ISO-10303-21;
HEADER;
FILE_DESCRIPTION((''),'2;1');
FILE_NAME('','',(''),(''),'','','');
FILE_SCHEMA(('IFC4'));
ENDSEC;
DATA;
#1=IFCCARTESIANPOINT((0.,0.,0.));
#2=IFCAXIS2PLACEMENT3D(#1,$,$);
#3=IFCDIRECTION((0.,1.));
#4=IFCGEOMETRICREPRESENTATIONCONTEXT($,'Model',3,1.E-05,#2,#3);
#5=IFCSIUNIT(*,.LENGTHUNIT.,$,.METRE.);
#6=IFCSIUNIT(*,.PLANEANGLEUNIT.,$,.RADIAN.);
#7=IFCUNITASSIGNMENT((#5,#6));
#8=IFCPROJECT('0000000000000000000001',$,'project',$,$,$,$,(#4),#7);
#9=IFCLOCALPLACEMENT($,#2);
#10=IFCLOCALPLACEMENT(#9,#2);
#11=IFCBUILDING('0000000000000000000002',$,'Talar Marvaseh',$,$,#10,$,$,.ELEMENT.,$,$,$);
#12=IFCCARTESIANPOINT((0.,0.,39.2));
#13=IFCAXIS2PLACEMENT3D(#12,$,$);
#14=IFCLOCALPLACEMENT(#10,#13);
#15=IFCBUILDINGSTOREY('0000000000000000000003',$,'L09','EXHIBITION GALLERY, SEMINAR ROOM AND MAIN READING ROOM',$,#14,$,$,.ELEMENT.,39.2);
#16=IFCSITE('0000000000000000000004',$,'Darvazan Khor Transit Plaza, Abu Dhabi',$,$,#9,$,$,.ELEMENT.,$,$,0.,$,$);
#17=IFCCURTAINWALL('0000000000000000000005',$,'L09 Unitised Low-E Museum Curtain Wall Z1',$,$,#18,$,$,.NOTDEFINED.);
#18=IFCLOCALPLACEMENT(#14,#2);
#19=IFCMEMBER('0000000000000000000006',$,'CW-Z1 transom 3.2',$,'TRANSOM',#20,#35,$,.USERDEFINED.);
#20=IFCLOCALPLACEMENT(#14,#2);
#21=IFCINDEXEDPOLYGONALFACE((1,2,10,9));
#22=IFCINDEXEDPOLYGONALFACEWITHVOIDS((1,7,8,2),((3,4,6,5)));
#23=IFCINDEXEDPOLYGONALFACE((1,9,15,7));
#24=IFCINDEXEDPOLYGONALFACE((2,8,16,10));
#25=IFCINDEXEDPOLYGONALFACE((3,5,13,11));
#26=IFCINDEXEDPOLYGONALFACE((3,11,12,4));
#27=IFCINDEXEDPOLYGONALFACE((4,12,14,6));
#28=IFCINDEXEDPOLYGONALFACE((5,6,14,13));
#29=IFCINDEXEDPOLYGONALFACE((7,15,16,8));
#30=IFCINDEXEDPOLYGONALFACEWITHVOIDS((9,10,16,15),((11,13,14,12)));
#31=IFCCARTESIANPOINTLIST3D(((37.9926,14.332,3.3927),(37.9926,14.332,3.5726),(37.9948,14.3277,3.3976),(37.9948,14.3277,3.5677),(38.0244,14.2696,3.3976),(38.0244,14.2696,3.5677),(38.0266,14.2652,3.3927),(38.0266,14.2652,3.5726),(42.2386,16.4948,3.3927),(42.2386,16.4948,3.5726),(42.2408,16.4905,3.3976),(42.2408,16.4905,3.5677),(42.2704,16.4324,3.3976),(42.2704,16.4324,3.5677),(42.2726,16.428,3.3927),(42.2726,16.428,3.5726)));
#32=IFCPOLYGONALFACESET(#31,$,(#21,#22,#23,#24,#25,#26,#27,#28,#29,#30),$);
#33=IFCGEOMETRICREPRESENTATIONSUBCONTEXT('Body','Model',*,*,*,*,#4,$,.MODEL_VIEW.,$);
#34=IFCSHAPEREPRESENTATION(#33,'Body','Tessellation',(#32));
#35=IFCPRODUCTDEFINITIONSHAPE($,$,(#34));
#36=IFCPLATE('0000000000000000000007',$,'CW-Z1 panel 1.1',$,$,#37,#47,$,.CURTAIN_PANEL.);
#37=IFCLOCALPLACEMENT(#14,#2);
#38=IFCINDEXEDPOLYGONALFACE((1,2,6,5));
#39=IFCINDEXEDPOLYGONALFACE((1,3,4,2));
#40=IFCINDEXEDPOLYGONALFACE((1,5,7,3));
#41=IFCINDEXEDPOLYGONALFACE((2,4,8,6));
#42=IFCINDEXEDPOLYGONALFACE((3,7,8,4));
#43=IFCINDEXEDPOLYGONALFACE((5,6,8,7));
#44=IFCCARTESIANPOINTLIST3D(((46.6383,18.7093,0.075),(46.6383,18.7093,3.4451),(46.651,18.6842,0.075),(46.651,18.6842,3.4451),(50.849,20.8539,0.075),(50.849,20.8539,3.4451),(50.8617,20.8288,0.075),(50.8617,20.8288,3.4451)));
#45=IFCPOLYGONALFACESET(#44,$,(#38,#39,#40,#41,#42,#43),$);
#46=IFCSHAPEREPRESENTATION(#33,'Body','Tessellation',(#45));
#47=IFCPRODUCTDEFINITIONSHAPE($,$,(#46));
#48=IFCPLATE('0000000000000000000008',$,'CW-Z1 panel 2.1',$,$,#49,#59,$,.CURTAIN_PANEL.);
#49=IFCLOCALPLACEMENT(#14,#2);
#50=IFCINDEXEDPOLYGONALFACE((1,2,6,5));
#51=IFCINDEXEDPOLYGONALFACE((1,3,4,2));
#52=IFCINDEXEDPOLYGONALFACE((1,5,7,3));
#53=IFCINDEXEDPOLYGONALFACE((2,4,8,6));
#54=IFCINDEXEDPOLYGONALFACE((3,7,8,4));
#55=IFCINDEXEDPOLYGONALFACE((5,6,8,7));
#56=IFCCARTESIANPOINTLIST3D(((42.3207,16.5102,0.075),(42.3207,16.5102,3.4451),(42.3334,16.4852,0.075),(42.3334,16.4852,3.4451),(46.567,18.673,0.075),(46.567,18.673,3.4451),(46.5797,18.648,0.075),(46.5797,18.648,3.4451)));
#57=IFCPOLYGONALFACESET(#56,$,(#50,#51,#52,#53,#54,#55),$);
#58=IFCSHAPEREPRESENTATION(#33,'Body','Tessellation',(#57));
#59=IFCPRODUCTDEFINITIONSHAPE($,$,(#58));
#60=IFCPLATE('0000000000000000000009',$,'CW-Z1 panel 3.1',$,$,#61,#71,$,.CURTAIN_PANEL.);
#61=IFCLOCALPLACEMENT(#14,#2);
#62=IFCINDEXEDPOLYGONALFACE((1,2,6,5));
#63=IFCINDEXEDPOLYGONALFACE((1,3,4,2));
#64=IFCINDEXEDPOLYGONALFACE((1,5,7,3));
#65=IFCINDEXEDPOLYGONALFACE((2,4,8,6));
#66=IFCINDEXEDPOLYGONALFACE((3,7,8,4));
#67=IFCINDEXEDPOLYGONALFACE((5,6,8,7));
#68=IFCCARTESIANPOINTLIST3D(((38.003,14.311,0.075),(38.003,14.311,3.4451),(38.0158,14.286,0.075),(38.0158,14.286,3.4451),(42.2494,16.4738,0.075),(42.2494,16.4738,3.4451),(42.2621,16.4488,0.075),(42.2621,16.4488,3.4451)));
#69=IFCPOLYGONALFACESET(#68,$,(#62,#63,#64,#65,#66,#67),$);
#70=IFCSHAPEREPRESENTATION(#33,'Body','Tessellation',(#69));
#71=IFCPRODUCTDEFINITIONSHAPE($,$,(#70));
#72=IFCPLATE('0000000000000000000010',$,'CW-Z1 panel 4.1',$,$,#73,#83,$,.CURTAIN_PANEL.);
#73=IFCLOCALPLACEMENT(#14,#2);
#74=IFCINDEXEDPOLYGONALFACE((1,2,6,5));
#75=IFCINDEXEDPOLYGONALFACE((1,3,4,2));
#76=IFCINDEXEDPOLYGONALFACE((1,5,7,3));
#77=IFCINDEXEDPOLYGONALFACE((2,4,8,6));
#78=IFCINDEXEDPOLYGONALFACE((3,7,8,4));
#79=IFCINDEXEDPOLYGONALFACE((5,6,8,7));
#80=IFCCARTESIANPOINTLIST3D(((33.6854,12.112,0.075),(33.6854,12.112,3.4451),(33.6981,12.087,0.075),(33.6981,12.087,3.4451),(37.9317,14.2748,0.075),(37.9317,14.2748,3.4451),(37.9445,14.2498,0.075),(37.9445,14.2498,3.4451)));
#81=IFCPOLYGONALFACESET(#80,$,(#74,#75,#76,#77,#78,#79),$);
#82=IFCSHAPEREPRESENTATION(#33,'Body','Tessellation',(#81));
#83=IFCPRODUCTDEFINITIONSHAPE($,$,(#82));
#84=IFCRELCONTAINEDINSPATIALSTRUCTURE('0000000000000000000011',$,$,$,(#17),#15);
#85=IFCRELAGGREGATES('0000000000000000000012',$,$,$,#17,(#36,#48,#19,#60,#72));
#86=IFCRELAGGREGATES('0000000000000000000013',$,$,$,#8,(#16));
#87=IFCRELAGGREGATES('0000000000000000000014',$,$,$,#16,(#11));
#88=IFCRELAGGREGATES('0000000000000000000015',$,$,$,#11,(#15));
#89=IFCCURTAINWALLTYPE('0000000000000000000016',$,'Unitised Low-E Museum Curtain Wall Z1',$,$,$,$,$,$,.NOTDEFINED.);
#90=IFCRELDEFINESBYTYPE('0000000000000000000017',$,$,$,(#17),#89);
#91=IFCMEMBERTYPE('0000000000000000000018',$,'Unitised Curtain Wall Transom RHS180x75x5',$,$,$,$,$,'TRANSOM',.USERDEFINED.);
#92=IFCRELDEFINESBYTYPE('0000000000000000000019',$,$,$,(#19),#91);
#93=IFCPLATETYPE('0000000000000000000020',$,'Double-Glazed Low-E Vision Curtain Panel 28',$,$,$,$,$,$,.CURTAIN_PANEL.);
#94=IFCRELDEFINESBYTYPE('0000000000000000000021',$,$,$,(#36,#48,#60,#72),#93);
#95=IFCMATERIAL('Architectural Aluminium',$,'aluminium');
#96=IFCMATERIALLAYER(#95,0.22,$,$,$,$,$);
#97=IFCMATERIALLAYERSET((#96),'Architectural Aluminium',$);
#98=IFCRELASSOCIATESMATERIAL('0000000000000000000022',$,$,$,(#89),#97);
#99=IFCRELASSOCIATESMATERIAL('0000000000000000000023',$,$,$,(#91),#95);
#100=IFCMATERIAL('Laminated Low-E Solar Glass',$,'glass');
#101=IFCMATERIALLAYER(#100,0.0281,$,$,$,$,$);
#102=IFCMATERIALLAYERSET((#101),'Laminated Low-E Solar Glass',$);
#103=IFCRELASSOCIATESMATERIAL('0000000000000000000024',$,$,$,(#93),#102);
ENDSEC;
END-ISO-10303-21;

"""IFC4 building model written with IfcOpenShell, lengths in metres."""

from ifc_helpers import new_model, si_unit, direction, frame, origin, origin_2d, place, context, subcontext, project, spatial, rectangle, hollow_rectangle, extrude, source, transform, mapped, material, layer, layer_set, material_profile, profile_set, type_object, type_shapes, element, aggregate, save


model = new_model("IFC4")

# Units and contexts
model_context = context("Model", 3, precision=1e-05, world=origin(), true_north=direction((0.0, 1.0)))
body_context = subcontext(model_context, "Body", "Model", "MODEL_VIEW")
ifc_project = project(units=[si_unit("LENGTHUNIT", "METRE"), si_unit("PLANEANGLEUNIT", "RADIAN")], contexts=[model_context])

# Site, building, storey
site_placement = place(None, origin())
site = spatial("IfcSite", under=ifc_project, at=site_placement, Name="Darvazan Khor Transit Plaza, Abu Dhabi", CompositionType="ELEMENT", RefElevation=0.0)
building_placement = place(site_placement, origin())
building = spatial("IfcBuilding", under=site, at=building_placement, Name="Talar Marvaseh", CompositionType="ELEMENT")
storey_placement = place(building_placement, frame((0.0, 0.0, 39.2)))
storey = spatial("IfcBuildingStorey", under=building, at=storey_placement, Name="L09", Description="EXHIBITION GALLERY, SEMINAR ROOM AND MAIN READING ROOM", CompositionType="ELEMENT", Elevation=39.2)

# Curtain wall, member, plates
ifc_material_1 = material(Name="Architectural Aluminium", Category="aluminium")
ifc_layer_1 = layer(ifc_material_1, 0.22)
ifc_layer_set_1 = layer_set([ifc_layer_1], Name="Architectural Aluminium")
curtain_wall_type = type_object("IfcCurtainWallType", Name="Unitised Low-E Museum Curtain Wall Z1", PredefinedType="NOTDEFINED", material=ifc_layer_set_1)
curtain_wall_placement = place(storey_placement, origin())
curtain_wall = element("IfcCurtainWall", 1, at=curtain_wall_placement, inside=storey, type_object=curtain_wall_type, Name="L09 Unitised Low-E Museum Curtain Wall Z1", PredefinedType="NOTDEFINED")
ifc_material_profile_1 = material_profile(ifc_material_1, hollow_rectangle(XDim=0.075, YDim=0.1799, WallThickness=0.0049, at=origin_2d()), Name="RHS180x75x5")
ifc_profile_set_1 = profile_set([ifc_material_profile_1], Name="Architectural Aluminium")
member_type_1 = type_object("IfcMemberType", Name="Unitised Curtain Wall Transom RHS180x75x5", ElementType="TRANSOM", PredefinedType="USERDEFINED", material=ifc_profile_set_1)
shared_shape_1 = source(origin(), body_context, "Body", "SweptSolid", [
    extrude(hollow_rectangle(XDim=0.075, YDim=0.1799, WallThickness=0.0049, at=origin_2d()), origin(), (0.0, 0.0, 1.0), 4.7651),
])
member_1_placement = place(storey_placement, frame((42.2556, 16.4614, 3.4827), z_axis=(-0.891062, -0.453882, 0.0), x_axis=(0.453882, -0.891062, 0.0)))
member_1 = element("IfcMember", 2, at=member_1_placement, type_object=member_type_1, Name="CW-Z1 transom 3.2", ObjectType="TRANSOM", PredefinedType="USERDEFINED", context=body_context, shape_type="MappedRepresentation", body=[
    mapped(shared_shape_1, transform((0.0, 0.0, 0.0), x_axis=(1.0, 0.0, 0.0), y_axis=(0.0, 1.0, 0.0), z_axis=(0.0, 0.0, 1.0), scale=1.0)),
])
ifc_material_2 = material(Name="Laminated Low-E Solar Glass", Category="glass")
ifc_layer_2 = layer(ifc_material_2, 0.0281)
ifc_layer_set_2 = layer_set([ifc_layer_2], Name="Laminated Low-E Solar Glass")
plate_type = type_object("IfcPlateType", Name="Double-Glazed Low-E Vision Curtain Panel 28", PredefinedType="CURTAIN_PANEL", material=ifc_layer_set_2)
shared_shape_2 = source(origin(), body_context, "Body", "SweptSolid", [
    extrude(rectangle(XDim=4.7253, YDim=0.0281, at=origin_2d()), origin(), (0.0, 0.0, 1.0), 3.3701),
])
plate_1_placement = place(storey_placement, frame((48.75, 19.769, 0.075), z_axis=(0.0, 0.0, 1.0), x_axis=(-0.891078, -0.45385, 0.0)))
plate_1 = element("IfcPlate", 3, at=plate_1_placement, type_object=plate_type, Name="CW-Z1 panel 1.1", PredefinedType="CURTAIN_PANEL", context=body_context, shape_type="MappedRepresentation", body=[
    mapped(shared_shape_2, transform((0.0, 0.0, 0.0), x_axis=(1.0, 0.0, 0.0), y_axis=(0.0, 1.0, 0.0), z_axis=(0.0, 0.0, 1.0), scale=1.0)),
])
shared_shape_3 = source(origin(), body_context, "Body", "SweptSolid", [
    extrude(rectangle(XDim=4.7654, YDim=0.0281, at=origin_2d()), origin(), (0.0, 0.0, 1.0), 3.3701),
])
type_shapes(plate_type, [shared_shape_2, shared_shape_3])
plate_2_placement = place(storey_placement, frame((44.4502, 17.5791, 0.075), z_axis=(0.0, 0.0, 1.0), x_axis=(-0.891078, -0.45385, 0.0)))
plate_2 = element("IfcPlate", 4, at=plate_2_placement, type_object=plate_type, Name="CW-Z1 panel 2.1", PredefinedType="CURTAIN_PANEL", context=body_context, shape_type="MappedRepresentation", body=[
    mapped(shared_shape_3, transform((0.0, 0.0, 0.0), x_axis=(1.0, 0.0, 0.0), y_axis=(0.0, 1.0, 0.0), z_axis=(0.0, 0.0, 1.0), scale=1.0)),
])
plate_3_placement = place(storey_placement, frame((40.1326, 15.3799, 0.075), z_axis=(0.0, 0.0, 1.0), x_axis=(-0.891078, -0.45385, 0.0)))
plate_3 = element("IfcPlate", 5, at=plate_3_placement, type_object=plate_type, Name="CW-Z1 panel 3.1", PredefinedType="CURTAIN_PANEL", context=body_context, shape_type="MappedRepresentation", body=[
    mapped(shared_shape_3, transform((0.0, 0.0, 0.0), x_axis=(1.0, 0.0, 0.0), y_axis=(0.0, 1.0, 0.0), z_axis=(0.0, 0.0, 1.0), scale=1.0)),
])
plate_4_placement = place(storey_placement, frame((35.8149, 13.1809, 0.075), z_axis=(0.0, 0.0, 1.0), x_axis=(-0.891078, -0.45385, 0.0)))
plate_4 = element("IfcPlate", 6, at=plate_4_placement, type_object=plate_type, Name="CW-Z1 panel 4.1", PredefinedType="CURTAIN_PANEL", context=body_context, shape_type="MappedRepresentation", body=[
    mapped(shared_shape_3, transform((0.0, 0.0, 0.0), x_axis=(1.0, 0.0, 0.0), y_axis=(0.0, 1.0, 0.0), z_axis=(0.0, 0.0, 1.0), scale=1.0)),
])
aggregate(curtain_wall, [plate_1, plate_2, member_1, plate_3, plate_4])

save(model, "model.ifc")
